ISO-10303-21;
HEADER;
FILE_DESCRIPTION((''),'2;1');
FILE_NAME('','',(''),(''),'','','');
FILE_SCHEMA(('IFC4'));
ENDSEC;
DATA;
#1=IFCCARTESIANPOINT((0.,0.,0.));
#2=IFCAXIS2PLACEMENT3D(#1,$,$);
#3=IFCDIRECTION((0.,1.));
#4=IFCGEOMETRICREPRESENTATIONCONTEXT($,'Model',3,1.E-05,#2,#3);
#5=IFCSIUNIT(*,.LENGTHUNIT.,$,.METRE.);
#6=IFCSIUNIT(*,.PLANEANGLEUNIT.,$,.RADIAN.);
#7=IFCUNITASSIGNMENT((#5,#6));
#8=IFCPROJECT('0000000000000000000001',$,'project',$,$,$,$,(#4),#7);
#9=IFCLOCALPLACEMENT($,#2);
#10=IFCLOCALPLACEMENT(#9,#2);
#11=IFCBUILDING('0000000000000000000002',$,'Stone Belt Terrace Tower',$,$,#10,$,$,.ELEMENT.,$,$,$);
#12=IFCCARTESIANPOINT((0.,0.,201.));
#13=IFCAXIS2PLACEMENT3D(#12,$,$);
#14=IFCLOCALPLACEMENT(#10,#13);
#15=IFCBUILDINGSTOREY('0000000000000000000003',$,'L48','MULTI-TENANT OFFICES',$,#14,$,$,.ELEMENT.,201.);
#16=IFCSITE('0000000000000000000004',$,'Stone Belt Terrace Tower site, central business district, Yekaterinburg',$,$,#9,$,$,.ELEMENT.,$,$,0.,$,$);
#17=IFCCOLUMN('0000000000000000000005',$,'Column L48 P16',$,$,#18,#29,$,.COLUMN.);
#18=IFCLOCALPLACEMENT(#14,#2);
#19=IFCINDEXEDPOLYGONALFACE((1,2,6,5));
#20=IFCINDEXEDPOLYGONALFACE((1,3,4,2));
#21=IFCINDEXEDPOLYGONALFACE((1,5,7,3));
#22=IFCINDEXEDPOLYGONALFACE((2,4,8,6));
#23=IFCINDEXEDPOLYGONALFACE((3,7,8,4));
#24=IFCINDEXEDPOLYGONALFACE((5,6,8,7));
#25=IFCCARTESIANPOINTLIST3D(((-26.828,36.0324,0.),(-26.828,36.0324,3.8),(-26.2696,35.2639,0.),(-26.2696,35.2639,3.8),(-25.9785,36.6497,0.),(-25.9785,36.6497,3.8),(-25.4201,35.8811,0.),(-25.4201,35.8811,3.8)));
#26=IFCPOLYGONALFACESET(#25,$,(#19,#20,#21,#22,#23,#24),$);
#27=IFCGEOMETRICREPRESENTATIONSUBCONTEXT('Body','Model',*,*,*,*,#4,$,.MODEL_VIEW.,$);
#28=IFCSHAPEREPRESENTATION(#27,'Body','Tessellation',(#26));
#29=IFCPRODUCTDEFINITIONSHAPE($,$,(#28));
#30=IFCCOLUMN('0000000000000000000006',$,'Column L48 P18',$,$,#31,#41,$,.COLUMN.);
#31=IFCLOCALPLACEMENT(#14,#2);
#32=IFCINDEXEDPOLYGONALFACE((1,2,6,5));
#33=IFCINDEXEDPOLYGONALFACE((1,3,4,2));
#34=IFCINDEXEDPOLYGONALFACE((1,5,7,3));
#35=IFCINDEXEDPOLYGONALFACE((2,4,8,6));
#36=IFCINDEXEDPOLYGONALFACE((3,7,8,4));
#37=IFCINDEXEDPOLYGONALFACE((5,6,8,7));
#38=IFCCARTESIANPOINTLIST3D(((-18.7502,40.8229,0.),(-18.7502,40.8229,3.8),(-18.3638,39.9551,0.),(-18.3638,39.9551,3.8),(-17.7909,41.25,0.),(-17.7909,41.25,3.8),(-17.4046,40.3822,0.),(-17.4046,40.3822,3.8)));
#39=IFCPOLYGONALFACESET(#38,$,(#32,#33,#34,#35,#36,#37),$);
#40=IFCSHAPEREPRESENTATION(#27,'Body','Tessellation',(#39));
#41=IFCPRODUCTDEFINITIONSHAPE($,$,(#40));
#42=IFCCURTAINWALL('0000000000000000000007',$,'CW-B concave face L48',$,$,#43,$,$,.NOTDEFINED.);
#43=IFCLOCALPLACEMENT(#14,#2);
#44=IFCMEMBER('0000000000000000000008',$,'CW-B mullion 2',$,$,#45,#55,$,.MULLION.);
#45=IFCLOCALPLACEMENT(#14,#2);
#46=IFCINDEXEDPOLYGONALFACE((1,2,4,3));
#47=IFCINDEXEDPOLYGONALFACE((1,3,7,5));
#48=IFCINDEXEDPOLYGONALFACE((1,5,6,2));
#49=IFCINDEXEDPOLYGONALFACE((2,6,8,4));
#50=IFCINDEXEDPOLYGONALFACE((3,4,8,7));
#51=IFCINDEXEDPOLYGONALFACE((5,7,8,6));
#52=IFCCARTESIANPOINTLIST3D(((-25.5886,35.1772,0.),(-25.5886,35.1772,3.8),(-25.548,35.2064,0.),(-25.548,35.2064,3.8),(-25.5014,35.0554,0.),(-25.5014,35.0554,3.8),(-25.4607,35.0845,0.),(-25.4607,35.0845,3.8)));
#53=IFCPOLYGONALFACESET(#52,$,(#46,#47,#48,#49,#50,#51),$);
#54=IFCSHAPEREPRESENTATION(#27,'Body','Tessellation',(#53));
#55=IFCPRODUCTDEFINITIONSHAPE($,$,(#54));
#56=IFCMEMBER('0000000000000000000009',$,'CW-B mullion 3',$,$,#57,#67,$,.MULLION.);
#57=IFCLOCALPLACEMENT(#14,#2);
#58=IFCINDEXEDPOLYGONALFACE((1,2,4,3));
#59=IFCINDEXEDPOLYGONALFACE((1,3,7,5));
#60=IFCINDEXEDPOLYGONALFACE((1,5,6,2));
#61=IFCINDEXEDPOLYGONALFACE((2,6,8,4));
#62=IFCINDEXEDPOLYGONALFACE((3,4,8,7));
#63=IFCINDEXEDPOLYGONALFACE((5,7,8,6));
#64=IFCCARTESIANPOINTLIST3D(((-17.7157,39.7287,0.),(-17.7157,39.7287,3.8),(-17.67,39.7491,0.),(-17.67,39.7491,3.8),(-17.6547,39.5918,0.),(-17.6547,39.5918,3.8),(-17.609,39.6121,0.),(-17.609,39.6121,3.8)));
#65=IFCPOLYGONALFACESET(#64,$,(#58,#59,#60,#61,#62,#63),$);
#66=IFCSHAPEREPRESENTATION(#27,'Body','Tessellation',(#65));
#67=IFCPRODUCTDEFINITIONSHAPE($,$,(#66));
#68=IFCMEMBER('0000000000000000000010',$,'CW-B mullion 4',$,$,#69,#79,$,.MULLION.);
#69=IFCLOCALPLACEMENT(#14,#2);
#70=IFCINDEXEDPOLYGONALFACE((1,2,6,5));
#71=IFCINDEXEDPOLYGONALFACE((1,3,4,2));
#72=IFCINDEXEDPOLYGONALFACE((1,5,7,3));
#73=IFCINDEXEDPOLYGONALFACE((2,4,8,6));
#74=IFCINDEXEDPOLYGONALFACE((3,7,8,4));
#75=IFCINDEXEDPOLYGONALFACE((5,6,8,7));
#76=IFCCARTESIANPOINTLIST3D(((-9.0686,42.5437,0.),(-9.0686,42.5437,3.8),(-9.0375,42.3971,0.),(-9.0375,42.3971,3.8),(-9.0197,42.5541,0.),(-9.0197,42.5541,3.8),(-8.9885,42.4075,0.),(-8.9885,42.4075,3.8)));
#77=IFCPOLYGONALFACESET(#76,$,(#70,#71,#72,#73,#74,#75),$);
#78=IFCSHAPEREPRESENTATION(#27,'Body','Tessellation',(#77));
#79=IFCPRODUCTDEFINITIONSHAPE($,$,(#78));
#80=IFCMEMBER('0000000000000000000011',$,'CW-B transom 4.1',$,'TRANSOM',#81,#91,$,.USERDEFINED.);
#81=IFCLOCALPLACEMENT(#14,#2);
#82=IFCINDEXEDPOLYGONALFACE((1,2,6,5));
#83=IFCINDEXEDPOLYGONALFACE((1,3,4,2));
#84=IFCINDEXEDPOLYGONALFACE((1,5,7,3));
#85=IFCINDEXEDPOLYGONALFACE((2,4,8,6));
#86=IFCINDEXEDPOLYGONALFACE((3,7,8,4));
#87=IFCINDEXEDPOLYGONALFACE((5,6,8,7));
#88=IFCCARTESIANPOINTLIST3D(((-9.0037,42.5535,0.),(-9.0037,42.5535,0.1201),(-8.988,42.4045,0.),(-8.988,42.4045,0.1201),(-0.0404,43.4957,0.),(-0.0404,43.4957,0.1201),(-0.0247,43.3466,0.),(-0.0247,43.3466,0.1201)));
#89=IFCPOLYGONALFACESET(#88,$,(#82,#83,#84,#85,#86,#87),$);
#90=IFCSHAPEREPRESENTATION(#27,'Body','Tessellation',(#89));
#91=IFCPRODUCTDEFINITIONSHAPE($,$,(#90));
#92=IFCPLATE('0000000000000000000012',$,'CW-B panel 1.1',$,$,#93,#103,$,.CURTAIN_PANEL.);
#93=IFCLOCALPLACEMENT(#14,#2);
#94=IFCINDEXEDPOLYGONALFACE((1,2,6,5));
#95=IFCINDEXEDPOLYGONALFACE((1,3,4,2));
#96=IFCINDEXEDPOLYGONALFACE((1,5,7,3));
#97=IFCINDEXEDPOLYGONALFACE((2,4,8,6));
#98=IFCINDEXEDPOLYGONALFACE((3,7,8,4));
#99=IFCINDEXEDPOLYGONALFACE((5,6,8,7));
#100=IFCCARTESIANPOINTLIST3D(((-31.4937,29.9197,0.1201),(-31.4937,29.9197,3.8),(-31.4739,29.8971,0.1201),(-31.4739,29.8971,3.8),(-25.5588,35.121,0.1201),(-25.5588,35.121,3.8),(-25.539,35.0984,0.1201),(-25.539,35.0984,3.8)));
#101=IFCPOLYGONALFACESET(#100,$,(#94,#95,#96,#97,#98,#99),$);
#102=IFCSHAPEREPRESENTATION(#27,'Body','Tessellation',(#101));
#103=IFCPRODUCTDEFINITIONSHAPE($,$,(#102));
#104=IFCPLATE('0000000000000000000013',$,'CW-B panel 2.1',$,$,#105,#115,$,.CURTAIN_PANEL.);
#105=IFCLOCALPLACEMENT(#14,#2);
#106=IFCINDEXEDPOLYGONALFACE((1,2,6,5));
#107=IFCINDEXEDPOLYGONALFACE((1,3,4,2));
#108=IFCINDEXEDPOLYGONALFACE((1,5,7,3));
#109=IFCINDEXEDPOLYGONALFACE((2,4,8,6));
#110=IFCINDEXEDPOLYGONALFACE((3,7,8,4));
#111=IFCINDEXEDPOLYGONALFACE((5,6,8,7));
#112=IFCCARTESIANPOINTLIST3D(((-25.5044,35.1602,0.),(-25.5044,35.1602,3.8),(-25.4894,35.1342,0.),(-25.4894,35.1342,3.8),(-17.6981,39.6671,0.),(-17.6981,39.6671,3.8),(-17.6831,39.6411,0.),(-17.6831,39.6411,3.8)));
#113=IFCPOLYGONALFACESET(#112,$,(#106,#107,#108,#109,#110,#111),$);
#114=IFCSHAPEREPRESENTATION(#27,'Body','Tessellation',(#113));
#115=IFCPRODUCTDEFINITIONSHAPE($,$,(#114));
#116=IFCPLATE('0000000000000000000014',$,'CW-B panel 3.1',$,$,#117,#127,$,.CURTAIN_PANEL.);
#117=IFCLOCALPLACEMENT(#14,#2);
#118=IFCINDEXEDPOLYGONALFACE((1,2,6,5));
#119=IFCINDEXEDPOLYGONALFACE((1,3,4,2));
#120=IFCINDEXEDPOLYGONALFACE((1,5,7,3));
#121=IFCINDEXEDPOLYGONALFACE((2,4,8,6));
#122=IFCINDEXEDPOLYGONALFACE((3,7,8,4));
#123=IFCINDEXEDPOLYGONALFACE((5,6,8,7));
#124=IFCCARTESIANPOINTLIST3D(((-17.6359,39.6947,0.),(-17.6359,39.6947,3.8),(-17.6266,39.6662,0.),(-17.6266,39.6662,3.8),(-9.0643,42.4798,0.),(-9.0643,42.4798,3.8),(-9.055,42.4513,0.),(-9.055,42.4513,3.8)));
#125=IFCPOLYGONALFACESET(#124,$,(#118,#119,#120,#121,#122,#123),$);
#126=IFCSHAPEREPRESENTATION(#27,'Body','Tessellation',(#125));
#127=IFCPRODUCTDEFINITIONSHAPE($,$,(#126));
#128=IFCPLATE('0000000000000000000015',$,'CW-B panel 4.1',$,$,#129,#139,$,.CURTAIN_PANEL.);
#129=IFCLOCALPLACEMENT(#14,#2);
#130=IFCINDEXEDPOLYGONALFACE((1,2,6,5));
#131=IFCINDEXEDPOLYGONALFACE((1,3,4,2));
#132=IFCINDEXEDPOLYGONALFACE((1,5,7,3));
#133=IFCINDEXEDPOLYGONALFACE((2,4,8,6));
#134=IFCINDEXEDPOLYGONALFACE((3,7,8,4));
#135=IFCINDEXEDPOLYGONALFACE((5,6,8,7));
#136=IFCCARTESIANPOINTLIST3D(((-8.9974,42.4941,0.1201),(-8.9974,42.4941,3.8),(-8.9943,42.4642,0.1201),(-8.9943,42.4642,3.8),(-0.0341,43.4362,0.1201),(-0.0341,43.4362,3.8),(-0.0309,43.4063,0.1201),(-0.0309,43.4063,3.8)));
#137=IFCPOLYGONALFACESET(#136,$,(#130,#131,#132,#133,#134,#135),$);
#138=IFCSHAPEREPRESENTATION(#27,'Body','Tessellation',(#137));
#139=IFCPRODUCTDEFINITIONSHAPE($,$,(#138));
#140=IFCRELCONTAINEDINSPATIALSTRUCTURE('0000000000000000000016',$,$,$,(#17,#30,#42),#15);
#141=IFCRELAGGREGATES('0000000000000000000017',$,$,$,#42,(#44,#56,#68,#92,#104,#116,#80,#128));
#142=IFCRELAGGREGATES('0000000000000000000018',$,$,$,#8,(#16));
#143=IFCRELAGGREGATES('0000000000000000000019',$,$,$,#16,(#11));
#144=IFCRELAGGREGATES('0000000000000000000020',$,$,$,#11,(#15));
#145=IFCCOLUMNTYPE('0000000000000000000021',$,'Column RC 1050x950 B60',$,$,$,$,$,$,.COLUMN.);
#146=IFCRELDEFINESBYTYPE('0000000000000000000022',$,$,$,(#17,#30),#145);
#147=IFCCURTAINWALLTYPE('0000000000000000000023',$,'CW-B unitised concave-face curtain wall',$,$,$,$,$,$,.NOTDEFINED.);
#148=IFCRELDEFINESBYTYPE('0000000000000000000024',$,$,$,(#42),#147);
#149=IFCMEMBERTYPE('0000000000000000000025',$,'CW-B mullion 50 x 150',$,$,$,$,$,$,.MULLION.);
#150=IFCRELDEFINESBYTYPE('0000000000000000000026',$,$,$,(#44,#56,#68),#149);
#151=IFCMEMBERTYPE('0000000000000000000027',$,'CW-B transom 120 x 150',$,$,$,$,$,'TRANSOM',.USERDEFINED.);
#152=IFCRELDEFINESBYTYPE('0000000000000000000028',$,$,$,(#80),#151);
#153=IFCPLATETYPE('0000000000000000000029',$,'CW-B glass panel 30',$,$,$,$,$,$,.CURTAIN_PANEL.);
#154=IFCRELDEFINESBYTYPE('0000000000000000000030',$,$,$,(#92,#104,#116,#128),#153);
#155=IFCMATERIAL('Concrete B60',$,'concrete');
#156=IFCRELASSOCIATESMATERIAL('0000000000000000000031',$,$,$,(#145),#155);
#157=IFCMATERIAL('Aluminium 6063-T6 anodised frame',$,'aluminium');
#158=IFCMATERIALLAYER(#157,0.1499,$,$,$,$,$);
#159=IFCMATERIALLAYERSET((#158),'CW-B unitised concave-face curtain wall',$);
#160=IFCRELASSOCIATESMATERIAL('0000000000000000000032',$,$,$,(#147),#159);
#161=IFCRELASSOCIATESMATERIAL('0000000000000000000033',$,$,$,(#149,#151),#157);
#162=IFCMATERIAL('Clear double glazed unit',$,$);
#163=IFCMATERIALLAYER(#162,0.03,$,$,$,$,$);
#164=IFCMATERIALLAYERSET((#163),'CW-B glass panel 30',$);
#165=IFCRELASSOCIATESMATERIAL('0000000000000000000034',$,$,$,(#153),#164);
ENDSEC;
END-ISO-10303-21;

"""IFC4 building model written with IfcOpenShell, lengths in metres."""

from ifc_helpers import new_model, si_unit, direction, frame, origin, origin_2d, place, context, subcontext, project, spatial, rectangle, extrude, material, layer, layer_set, material_profile, profile_set, type_object, element, aggregate, save


model = new_model("IFC4")

# Units and contexts
model_context = context("Model", 3, precision=1e-05, world=origin(), true_north=direction((0.0, 1.0)))
body_context = subcontext(model_context, "Body", "Model", "MODEL_VIEW")
ifc_project = project(units=[si_unit("LENGTHUNIT", "METRE"), si_unit("PLANEANGLEUNIT", "RADIAN")], contexts=[model_context])

# Site, building, storey
site_placement = place(None, origin())
site = spatial("IfcSite", under=ifc_project, at=site_placement, Name="Stone Belt Terrace Tower site, central business district, Yekaterinburg", CompositionType="ELEMENT", RefElevation=0.0)
building_placement = place(site_placement, origin())
building = spatial("IfcBuilding", under=site, at=building_placement, Name="Stone Belt Terrace Tower", CompositionType="ELEMENT")
storey_placement = place(building_placement, frame((0.0, 0.0, 201.0)))
storey = spatial("IfcBuildingStorey", under=building, at=storey_placement, Name="L48", Description="MULTI-TENANT OFFICES", CompositionType="ELEMENT", Elevation=201.0)

# Columns
ifc_material_1 = material(Name="Concrete B60", Category="concrete")
ifc_material_profile_1 = material_profile(ifc_material_1, rectangle(XDim=1.05, YDim=0.95, at=origin_2d()), Name="RC 1050x950")
ifc_profile_set_1 = profile_set([ifc_material_profile_1], Name="Concrete B60")
column_type = type_object("IfcColumnType", Name="Column RC 1050x950 B60", PredefinedType="COLUMN", material=ifc_profile_set_1)
for number, where, z_axis, x_axis, name in (
    (1, (-26.124, 35.9568, 0.0), (0.0, 0.0, 1.0), (0.809017, 0.587785, 0.0), "Column L48 P16"),
    (2, (-18.0774, 40.6025, 0.0), (0.0, 0.0, 1.0), (0.913545, 0.406737, 0.0), "Column L48 P18"),
):
    element("IfcColumn", number, at=place(storey_placement, frame(where, z_axis=z_axis, x_axis=x_axis)), inside=storey, type_object=column_type, Name=name, PredefinedType="COLUMN", context=body_context, shape_type="SweptSolid", body=[
        extrude(rectangle(XDim=1.05, YDim=0.95, at=origin_2d()), origin(), (0.0, 0.0, 1.0), 3.8),
    ])

# Curtain wall, members, plates
ifc_material_2 = material(Name="Aluminium 6063-T6 anodised frame", Category="aluminium")
ifc_layer_1 = layer(ifc_material_2, 0.1499)
ifc_layer_set_1 = layer_set([ifc_layer_1], Name="CW-B unitised concave-face curtain wall")
curtain_wall_type = type_object("IfcCurtainWallType", Name="CW-B unitised concave-face curtain wall", PredefinedType="NOTDEFINED", material=ifc_layer_set_1)
curtain_wall_placement = place(storey_placement, origin())
curtain_wall = element("IfcCurtainWall", 3, at=curtain_wall_placement, inside=storey, type_object=curtain_wall_type, Name="CW-B concave face L48", PredefinedType="NOTDEFINED")
ifc_material_profile_2 = material_profile(ifc_material_2, rectangle(XDim=0.1499, YDim=0.05, at=origin_2d()), Name="Aluminium 6063-T6 50x150")
ifc_profile_set_2 = profile_set([ifc_material_profile_2], Name="Aluminium 6063-T6 anodised frame")
member_type_1 = type_object("IfcMemberType", Name="CW-B mullion 50 x 150", PredefinedType="MULLION", material=ifc_profile_set_2)
member_1_placement = place(storey_placement, frame((-25.5247, 35.1309, 0.0), z_axis=(0.0, 0.0, 1.0), x_axis=(-0.582342, 0.812944, 0.0)))
member_1 = element("IfcMember", 4, at=member_1_placement, type_object=member_type_1, Name="CW-B mullion 2", PredefinedType="MULLION", context=body_context, shape_type="SweptSolid", body=[
    extrude(rectangle(XDim=0.1499, YDim=0.05, at=origin_2d()), origin(), (0.0, 0.0, 1.0), 3.8),
])
member_2_placement = place(storey_placement, frame((-17.6624, 39.6704, 0.0), z_axis=(0.0, 0.0, 1.0), x_axis=(-0.406737, 0.913545, 0.0)))
member_2 = element("IfcMember", 5, at=member_2_placement, type_object=member_type_1, Name="CW-B mullion 3", PredefinedType="MULLION", context=body_context, shape_type="SweptSolid", body=[
    extrude(rectangle(XDim=0.1499, YDim=0.05, at=origin_2d()), origin(), (0.0, 0.0, 1.0), 3.8),
])
member_3_placement = place(storey_placement, frame((-9.0286, 42.4756, 0.0), z_axis=(0.0, 0.0, 1.0), x_axis=(-0.207912, 0.978148, 0.0)))
member_3 = element("IfcMember", 6, at=member_3_placement, type_object=member_type_1, Name="CW-B mullion 4", PredefinedType="MULLION", context=body_context, shape_type="SweptSolid", body=[
    extrude(rectangle(XDim=0.1499, YDim=0.05, at=origin_2d()), origin(), (0.0, 0.0, 1.0), 3.8),
])
ifc_material_profile_3 = material_profile(ifc_material_2, rectangle(XDim=0.1499, YDim=0.1201, at=origin_2d()), Name="Aluminium 6063-T6 150x120")
ifc_profile_set_3 = profile_set([ifc_material_profile_3], Name="Aluminium 6063-T6 anodised frame")
member_type_2 = type_object("IfcMemberType", Name="CW-B transom 120 x 150", ElementType="TRANSOM", PredefinedType="USERDEFINED", material=ifc_profile_set_3)
member_4_placement = place(storey_placement, frame((-8.9958, 42.479, 0.0601), z_axis=(0.994521, 0.104534, 0.0), x_axis=(-0.104534, 0.994521, 0.0)))
member_4 = element("IfcMember", 7, at=member_4_placement, type_object=member_type_2, Name="CW-B transom 4.1", ObjectType="TRANSOM", PredefinedType="USERDEFINED", context=body_context, shape_type="SweptSolid", body=[
    extrude(rectangle(XDim=0.1499, YDim=0.1201, at=origin_2d()), origin(), (0.0, 0.0, 1.0), 9.0127),
])
ifc_material_3 = material(Name="Clear double glazed unit")
ifc_layer_2 = layer(ifc_material_3, 0.03)
ifc_layer_set_2 = layer_set([ifc_layer_2], Name="CW-B glass panel 30")
plate_type = type_object("IfcPlateType", Name="CW-B glass panel 30", PredefinedType="CURTAIN_PANEL", material=ifc_layer_set_2)
plate_1_placement = place(storey_placement, frame((-28.5164, 32.509, 0.1201), z_axis=(0.0, 0.0, 1.0), x_axis=(0.75206, 0.659094, 0.0)))
plate_1 = element("IfcPlate", 8, at=plate_1_placement, type_object=plate_type, Name="CW-B panel 1.1", PredefinedType="CURTAIN_PANEL", context=body_context, shape_type="SweptSolid", body=[
    extrude(rectangle(XDim=7.8916, YDim=0.03, at=origin_2d()), origin(), (0.0, 0.0, 1.0), 3.6799),
])
plate_2_placement = place(storey_placement, frame((-21.5938, 37.4006, 0.0), z_axis=(0.0, 0.0, 1.0), x_axis=(0.866025, 0.5, 0.0)))
plate_2 = element("IfcPlate", 9, at=plate_2_placement, type_object=plate_type, Name="CW-B panel 2.1", PredefinedType="CURTAIN_PANEL", context=body_context, shape_type="SweptSolid", body=[
    extrude(rectangle(XDim=9.0139, YDim=0.03, at=origin_2d()), origin(), (0.0, 0.0, 1.0), 3.8),
])
plate_3_placement = place(storey_placement, frame((-13.3455, 41.073, 0.0), z_axis=(0.0, 0.0, 1.0), x_axis=(0.951057, 0.309017, 0.0)))
plate_3 = element("IfcPlate", 10, at=plate_3_placement, type_object=plate_type, Name="CW-B panel 3.1", PredefinedType="CURTAIN_PANEL", context=body_context, shape_type="SweptSolid", body=[
    extrude(rectangle(XDim=9.0127, YDim=0.03, at=origin_2d()), origin(), (0.0, 0.0, 1.0), 3.8),
])
plate_4_placement = place(storey_placement, frame((-4.5142, 42.9502, 0.1201), z_axis=(0.0, 0.0, 1.0), x_axis=(0.994522, 0.104528, 0.0)))
plate_4 = element("IfcPlate", 11, at=plate_4_placement, type_object=plate_type, Name="CW-B panel 4.1", PredefinedType="CURTAIN_PANEL", context=body_context, shape_type="SweptSolid", body=[
    extrude(rectangle(XDim=9.0127, YDim=0.03, at=origin_2d()), origin(), (0.0, 0.0, 1.0), 3.6799),
])
aggregate(curtain_wall, [member_1, member_2, member_3, plate_1, plate_2, plate_3, member_4, plate_4])

save(model, "model.ifc")
